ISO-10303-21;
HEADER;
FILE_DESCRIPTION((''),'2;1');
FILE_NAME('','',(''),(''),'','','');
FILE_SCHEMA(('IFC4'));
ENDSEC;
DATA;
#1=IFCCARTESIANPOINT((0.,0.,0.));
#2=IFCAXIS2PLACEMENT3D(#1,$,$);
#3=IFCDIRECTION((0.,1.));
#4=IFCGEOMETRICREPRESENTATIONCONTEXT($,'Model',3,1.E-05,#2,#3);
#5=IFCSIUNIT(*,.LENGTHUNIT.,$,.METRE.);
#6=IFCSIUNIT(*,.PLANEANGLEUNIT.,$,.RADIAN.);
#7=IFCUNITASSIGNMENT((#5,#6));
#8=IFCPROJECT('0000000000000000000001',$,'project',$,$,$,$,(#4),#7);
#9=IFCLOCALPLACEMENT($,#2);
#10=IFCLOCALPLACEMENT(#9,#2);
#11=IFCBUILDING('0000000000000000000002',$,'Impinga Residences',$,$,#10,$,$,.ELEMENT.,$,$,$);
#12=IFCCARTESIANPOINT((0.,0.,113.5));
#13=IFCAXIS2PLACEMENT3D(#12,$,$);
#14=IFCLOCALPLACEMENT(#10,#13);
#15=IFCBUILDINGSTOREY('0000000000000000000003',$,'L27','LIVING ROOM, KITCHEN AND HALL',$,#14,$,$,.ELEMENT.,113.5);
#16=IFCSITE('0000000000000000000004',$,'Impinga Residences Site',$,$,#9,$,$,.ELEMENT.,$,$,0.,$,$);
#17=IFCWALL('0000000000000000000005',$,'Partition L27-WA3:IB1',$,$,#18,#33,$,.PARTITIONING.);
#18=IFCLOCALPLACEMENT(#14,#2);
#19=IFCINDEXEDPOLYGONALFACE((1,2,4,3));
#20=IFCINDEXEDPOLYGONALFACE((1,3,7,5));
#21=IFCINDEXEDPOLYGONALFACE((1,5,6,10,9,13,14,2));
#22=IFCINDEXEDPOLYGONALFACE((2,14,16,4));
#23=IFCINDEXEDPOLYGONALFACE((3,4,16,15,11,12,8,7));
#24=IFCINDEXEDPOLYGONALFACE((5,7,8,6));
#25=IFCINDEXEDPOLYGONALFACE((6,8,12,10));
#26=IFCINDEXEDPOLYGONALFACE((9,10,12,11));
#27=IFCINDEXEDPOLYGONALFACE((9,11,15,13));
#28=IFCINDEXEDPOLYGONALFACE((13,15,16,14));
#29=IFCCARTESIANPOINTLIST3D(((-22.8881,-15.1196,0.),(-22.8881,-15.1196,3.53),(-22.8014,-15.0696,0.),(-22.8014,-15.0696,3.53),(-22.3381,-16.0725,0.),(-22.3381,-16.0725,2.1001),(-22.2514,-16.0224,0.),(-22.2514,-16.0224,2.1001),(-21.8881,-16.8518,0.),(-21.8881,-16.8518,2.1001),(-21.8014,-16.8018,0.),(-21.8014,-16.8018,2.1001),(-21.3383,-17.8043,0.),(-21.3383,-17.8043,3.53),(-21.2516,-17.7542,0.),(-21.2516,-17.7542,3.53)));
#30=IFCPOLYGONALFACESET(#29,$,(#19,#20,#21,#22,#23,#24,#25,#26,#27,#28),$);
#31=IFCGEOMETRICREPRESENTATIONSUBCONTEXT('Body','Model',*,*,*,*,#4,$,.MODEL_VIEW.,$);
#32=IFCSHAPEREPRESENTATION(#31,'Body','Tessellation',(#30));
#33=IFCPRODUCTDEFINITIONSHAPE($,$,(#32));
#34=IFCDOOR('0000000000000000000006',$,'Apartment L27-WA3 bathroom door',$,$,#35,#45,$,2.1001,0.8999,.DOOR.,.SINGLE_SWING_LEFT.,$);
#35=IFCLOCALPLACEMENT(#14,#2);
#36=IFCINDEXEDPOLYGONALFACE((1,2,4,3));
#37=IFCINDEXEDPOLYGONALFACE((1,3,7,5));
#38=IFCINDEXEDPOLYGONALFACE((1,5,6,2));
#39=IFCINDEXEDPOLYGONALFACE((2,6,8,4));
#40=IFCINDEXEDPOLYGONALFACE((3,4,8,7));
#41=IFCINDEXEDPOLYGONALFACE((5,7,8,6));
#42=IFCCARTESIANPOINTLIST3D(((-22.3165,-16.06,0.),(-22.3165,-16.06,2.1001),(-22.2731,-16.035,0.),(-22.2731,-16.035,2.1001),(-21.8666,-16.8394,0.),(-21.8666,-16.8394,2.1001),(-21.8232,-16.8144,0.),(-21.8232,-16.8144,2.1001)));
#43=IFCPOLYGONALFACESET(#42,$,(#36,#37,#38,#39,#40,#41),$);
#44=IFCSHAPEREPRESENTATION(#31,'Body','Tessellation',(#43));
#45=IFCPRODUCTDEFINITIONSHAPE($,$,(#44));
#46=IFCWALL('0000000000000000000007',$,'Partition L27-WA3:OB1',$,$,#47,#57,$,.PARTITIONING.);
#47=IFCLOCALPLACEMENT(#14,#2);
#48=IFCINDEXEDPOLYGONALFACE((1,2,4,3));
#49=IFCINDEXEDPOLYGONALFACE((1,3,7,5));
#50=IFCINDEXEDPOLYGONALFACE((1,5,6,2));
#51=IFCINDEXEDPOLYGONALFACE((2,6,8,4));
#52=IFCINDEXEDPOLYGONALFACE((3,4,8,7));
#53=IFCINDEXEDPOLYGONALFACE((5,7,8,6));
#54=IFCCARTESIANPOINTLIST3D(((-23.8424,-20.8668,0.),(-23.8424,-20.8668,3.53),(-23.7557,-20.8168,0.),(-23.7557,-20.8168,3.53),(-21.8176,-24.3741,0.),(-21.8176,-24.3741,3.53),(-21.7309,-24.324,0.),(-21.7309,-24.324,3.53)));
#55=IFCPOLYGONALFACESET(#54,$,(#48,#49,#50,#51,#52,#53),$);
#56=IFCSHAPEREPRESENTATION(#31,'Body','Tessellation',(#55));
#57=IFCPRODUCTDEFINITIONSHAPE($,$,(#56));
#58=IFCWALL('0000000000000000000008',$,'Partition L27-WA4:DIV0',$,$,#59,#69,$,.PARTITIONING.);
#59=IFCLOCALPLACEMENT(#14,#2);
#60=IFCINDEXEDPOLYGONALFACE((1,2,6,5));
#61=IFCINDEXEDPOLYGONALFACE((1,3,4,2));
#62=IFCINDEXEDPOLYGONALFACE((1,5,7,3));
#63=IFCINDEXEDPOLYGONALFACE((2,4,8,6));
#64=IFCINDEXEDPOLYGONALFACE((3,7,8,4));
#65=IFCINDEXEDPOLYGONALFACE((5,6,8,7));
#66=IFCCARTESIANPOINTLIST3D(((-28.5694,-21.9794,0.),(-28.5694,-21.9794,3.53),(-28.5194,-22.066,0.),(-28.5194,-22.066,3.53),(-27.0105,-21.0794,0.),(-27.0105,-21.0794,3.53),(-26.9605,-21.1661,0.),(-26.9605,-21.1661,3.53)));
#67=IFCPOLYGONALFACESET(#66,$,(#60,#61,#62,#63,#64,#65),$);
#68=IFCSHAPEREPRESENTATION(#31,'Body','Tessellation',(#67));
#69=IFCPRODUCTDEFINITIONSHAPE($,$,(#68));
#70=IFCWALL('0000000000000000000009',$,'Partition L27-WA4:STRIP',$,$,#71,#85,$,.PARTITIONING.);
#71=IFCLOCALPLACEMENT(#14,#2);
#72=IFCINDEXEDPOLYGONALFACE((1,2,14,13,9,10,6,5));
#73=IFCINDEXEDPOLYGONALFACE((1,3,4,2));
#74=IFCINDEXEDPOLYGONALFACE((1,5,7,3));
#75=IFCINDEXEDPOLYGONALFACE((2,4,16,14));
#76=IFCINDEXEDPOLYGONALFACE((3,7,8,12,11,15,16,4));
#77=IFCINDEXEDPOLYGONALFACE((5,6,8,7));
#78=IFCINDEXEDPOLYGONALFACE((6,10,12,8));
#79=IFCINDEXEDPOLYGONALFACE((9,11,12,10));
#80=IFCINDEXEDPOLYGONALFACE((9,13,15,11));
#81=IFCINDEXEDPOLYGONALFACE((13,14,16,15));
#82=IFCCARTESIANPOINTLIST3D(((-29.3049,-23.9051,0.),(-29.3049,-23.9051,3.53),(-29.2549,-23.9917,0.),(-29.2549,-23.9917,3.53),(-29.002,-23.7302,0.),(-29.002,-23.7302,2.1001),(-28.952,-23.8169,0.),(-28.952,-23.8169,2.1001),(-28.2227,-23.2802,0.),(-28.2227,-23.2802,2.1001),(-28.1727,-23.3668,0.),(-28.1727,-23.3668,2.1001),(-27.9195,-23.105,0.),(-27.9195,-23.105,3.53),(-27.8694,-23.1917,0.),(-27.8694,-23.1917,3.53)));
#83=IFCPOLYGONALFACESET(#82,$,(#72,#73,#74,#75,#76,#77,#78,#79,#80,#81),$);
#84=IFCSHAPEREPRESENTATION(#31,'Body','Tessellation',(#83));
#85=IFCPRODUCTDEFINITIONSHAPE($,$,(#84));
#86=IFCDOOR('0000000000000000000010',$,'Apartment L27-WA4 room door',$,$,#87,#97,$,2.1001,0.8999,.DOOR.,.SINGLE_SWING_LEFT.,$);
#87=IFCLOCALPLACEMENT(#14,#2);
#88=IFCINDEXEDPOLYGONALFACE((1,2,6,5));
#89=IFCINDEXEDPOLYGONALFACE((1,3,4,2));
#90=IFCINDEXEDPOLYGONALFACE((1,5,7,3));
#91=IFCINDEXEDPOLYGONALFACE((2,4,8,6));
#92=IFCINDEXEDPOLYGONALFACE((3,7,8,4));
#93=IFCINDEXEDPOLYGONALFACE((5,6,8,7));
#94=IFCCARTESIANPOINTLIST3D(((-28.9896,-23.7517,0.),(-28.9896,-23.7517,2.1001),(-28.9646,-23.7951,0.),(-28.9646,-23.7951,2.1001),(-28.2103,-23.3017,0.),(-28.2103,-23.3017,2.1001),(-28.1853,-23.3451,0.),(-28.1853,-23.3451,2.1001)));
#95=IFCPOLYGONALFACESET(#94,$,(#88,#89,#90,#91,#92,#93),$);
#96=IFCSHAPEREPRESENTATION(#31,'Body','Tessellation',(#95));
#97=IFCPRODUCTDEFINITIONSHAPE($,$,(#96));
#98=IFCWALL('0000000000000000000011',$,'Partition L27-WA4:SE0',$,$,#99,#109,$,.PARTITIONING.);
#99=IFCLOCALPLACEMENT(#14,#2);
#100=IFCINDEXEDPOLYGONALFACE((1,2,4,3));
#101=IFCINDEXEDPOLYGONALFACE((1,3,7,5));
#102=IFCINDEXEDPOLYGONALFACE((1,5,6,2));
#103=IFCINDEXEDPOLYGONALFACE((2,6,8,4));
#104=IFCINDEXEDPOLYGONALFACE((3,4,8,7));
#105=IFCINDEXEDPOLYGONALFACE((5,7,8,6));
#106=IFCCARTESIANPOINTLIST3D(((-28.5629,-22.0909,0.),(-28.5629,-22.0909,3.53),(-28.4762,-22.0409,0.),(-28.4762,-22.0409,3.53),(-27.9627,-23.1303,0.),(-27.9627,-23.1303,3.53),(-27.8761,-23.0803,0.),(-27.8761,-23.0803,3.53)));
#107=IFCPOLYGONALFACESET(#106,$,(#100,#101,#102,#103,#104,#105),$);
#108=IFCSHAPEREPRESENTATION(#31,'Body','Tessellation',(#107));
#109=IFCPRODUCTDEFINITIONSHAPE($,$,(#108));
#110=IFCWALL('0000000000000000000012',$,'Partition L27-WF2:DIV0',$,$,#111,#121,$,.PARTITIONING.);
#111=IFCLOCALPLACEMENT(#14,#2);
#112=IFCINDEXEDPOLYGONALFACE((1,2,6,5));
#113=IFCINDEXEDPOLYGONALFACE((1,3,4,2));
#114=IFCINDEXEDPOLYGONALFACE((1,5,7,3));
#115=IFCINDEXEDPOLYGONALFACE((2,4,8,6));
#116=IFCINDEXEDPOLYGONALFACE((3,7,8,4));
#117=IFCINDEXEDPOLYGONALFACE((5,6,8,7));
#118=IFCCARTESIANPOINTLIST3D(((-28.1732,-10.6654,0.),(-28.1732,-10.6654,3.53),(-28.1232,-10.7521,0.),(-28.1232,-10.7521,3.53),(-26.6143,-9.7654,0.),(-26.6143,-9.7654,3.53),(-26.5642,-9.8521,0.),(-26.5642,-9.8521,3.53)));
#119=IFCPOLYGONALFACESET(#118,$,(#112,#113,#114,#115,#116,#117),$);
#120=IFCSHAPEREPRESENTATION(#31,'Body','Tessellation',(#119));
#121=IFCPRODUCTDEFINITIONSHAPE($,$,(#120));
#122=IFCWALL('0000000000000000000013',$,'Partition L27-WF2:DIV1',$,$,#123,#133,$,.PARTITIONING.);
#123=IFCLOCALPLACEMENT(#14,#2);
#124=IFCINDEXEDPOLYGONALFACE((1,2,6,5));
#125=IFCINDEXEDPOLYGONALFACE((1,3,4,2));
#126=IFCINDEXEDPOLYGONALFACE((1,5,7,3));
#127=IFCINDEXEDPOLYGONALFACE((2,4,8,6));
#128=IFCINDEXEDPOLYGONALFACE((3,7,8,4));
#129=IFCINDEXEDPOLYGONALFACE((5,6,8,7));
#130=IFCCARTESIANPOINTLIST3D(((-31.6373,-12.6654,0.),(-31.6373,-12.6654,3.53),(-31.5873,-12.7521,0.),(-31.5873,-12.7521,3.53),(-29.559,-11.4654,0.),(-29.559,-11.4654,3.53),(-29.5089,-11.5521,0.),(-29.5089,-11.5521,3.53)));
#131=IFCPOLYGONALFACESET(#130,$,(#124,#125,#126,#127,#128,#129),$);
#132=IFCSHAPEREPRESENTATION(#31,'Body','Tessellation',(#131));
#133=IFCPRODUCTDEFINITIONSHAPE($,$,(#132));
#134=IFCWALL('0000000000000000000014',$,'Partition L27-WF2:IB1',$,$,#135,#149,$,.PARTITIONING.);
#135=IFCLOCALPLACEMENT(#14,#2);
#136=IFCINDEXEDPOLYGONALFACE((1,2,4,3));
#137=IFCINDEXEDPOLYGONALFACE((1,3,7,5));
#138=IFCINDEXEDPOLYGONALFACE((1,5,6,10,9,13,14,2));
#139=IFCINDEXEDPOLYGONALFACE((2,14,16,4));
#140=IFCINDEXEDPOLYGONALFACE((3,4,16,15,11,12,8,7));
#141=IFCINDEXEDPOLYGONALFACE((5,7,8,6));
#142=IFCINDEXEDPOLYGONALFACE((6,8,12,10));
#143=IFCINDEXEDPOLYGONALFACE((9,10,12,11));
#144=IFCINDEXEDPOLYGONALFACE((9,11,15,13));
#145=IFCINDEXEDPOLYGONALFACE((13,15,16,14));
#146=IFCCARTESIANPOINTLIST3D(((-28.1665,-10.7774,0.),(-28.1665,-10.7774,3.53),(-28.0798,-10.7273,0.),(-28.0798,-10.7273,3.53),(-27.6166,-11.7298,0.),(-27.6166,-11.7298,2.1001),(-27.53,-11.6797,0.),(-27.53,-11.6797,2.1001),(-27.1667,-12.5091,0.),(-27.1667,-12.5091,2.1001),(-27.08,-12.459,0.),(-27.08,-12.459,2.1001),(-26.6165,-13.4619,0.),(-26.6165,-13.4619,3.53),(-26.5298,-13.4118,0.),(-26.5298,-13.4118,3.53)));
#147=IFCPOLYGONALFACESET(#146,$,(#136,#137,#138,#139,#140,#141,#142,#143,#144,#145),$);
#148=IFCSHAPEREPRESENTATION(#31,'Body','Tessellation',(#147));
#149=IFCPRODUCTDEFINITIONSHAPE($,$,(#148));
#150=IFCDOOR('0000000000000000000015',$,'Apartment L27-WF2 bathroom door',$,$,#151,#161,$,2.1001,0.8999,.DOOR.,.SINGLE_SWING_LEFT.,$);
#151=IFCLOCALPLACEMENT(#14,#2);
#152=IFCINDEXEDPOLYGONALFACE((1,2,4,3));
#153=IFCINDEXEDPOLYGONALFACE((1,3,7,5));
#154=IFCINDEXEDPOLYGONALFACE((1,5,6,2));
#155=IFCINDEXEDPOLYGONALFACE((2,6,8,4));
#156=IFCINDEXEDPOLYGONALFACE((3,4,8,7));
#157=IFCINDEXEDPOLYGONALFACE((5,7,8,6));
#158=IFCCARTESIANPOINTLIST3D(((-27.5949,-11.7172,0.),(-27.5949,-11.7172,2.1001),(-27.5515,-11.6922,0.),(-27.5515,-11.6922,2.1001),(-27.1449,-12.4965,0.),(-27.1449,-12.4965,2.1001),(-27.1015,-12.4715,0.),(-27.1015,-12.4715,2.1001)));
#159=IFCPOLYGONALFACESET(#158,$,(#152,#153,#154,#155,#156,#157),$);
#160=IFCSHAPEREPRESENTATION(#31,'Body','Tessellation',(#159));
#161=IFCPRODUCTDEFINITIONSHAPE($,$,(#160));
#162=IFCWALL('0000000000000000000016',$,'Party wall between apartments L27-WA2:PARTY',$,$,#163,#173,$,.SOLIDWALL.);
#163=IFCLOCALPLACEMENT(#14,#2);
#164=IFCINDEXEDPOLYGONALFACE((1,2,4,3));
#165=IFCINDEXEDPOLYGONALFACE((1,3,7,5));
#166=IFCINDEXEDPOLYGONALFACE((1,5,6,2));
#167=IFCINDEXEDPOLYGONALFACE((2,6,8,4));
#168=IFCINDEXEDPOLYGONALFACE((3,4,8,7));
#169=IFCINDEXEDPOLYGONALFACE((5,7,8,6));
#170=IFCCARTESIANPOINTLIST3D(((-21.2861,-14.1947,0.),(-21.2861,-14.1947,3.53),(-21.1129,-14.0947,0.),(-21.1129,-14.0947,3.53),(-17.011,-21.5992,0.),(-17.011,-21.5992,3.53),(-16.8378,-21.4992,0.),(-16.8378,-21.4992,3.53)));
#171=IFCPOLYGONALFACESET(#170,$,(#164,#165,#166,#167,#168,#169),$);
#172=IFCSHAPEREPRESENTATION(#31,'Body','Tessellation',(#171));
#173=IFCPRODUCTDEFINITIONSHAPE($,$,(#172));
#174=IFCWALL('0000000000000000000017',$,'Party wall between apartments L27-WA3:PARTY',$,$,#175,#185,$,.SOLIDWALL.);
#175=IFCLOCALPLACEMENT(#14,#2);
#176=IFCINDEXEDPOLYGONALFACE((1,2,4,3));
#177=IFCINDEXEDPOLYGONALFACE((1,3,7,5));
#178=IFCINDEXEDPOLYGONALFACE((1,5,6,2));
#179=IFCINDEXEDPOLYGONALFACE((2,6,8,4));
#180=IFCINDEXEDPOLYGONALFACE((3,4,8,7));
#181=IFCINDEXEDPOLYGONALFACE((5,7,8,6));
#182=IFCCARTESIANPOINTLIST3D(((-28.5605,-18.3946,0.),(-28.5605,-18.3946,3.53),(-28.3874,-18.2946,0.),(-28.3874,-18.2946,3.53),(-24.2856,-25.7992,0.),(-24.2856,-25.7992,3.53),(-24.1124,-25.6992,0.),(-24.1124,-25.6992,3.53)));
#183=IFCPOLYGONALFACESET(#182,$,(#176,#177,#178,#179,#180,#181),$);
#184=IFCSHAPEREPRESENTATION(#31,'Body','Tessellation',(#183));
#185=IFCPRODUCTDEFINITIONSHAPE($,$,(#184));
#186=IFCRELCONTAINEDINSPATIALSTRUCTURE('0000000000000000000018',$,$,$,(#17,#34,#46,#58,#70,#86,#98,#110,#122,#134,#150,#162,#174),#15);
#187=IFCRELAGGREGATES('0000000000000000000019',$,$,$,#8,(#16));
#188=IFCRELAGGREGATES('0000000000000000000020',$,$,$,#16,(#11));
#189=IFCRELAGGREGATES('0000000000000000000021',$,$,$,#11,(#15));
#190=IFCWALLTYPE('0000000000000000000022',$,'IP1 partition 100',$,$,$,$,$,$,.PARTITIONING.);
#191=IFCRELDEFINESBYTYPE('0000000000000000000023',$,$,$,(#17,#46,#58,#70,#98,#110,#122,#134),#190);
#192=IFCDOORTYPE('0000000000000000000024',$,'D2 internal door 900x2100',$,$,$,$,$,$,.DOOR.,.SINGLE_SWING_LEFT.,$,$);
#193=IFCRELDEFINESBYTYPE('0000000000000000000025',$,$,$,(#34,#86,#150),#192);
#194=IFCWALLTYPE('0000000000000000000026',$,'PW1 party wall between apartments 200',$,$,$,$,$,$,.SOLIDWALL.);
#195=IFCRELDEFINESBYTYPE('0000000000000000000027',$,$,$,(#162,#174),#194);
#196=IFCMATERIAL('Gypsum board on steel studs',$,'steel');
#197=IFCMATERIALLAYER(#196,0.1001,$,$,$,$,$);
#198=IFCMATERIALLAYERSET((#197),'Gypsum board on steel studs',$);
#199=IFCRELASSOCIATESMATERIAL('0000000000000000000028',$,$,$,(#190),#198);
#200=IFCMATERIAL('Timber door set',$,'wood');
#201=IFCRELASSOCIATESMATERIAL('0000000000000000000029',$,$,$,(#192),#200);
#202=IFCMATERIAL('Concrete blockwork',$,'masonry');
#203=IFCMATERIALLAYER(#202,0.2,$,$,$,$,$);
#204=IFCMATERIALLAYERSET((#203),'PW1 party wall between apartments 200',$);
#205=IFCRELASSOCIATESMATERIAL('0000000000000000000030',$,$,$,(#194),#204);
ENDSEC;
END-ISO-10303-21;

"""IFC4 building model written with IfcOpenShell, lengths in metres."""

from ifc_helpers import new_model, si_unit, direction, frame, frame_2d, origin, place, context, subcontext, project, spatial, rectangle, extrude, material, layer, layer_set, type_object, element, fill, save


model = new_model("IFC4")

# Units and contexts
model_context = context("Model", 3, precision=1e-05, world=origin(), true_north=direction((0.0, 1.0)))
body_context = subcontext(model_context, "Body", "Model", "MODEL_VIEW")
ifc_project = project(units=[si_unit("LENGTHUNIT", "METRE"), si_unit("PLANEANGLEUNIT", "RADIAN")], contexts=[model_context])

# Site, building, storey
site_placement = place(None, origin())
site = spatial("IfcSite", under=ifc_project, at=site_placement, Name="Impinga Residences Site", CompositionType="ELEMENT", RefElevation=0.0)
building_placement = place(site_placement, origin())
building = spatial("IfcBuilding", under=site, at=building_placement, Name="Impinga Residences", CompositionType="ELEMENT")
storey_placement = place(building_placement, frame((0.0, 0.0, 113.5)))
storey = spatial("IfcBuildingStorey", under=building, at=storey_placement, Name="L27", Description="LIVING ROOM, KITCHEN AND HALL", CompositionType="ELEMENT", Elevation=113.5)

# Shared definitions
ifc_material_1 = material(Name="Gypsum board on steel studs", Category="steel")
ifc_layer_1 = layer(ifc_material_1, 0.1001)
ifc_layer_set_1 = layer_set([ifc_layer_1], Name="Gypsum board on steel studs")
wall_type_1 = type_object("IfcWallType", Name="IP1 partition 100", PredefinedType="PARTITIONING", material=ifc_layer_set_1)

# Shared definitions
ifc_material_2 = material(Name="Timber door set", Category="wood")
door_type = type_object("IfcDoorType", Name="D2 internal door 900x2100", OperationType="SINGLE_SWING_LEFT", PredefinedType="DOOR", material=ifc_material_2)

# Wall, opening, door
wall_1_placement = place(storey_placement, frame((-22.8447, -15.0947, 0.0), z_axis=(0.0, 0.0, 1.0), x_axis=(0.499968, -0.866044, 0.0)))
wall_1 = element("IfcWall", 1, at=wall_1_placement, inside=storey, type_object=wall_type_1, Name="Partition L27-WA3:IB1", PredefinedType="PARTITIONING", context=body_context, shape_type="SweptSolid", body=[
    extrude(rectangle(XDim=3.0999, YDim=0.1001, at=frame_2d((1.5498, 0.0))), origin(), (0.0, 0.0, 1.0), 3.53),
])
opening_1_placement = place(wall_1_placement, frame((1.1001, 0.0, 0.0)))
opening_1 = element("IfcOpeningElement", 2, at=opening_1_placement, cuts=wall_1, PredefinedType="OPENING", context=body_context, shape_type="SweptSolid", body=[
    extrude(rectangle(XDim=0.8999, YDim=2.1001, at=frame_2d((0.45, 1.05))), frame((0.0, 0.0601, 0.0), z_axis=(0.0, -1.0, 0.0), x_axis=(1.0, 0.0, 0.0)), (0.0, 0.0, 1.0), 0.1201),
])
door_1_placement = place(opening_1_placement, origin())
door_1 = element("IfcDoor", 3, at=door_1_placement, inside=storey, type_object=door_type, Name="Apartment L27-WA3 bathroom door", OperationType="SINGLE_SWING_LEFT", OverallHeight=2.1001, OverallWidth=0.8999, PredefinedType="DOOR", context=body_context, shape_type="SweptSolid", body=[
    extrude(rectangle(XDim=0.8999, YDim=2.1001, at=frame_2d((0.45, 1.05))), frame((0.0, 0.0249, 0.0), z_axis=(0.0, -1.0, 0.0), x_axis=(1.0, 0.0, 0.0)), (0.0, 0.0, 1.0), 0.05),
])
fill(opening_1, door_1)

# Walls
wall_2_placement = place(storey_placement, frame((-23.7991, -20.8418, 0.0), z_axis=(0.0, 0.0, 1.0), x_axis=(0.49999, -0.866031, 0.0)))
element("IfcWall", 4, at=wall_2_placement, inside=storey, type_object=wall_type_1, Name="Partition L27-WA3:OB1", PredefinedType="PARTITIONING", context=body_context, shape_type="SweptSolid", body=[
    extrude(rectangle(XDim=4.0498, YDim=0.1001, at=frame_2d((2.0249, 0.0))), origin(), (0.0, 0.0, 1.0), 3.53),
])
wall_3_placement = place(storey_placement, frame((-26.9856, -21.1228, 0.0), z_axis=(0.0, 0.0, 1.0), x_axis=(-0.866048, -0.499961, 0.0)))
element("IfcWall", 5, at=wall_3_placement, inside=storey, type_object=wall_type_1, Name="Partition L27-WA4:DIV0", PredefinedType="PARTITIONING", context=body_context, shape_type="SweptSolid", body=[
    extrude(rectangle(XDim=1.8, YDim=0.1001, at=frame_2d((0.8999, 0.0))), origin(), (0.0, 0.0, 1.0), 3.53),
])

# Wall, opening, door
wall_4_placement = place(storey_placement, frame((-27.8945, -23.1484, 0.0), z_axis=(0.0, 0.0, 1.0), x_axis=(-0.86599, -0.500061, 0.0)))
wall_4 = element("IfcWall", 6, at=wall_4_placement, inside=storey, type_object=wall_type_1, Name="Partition L27-WA4:STRIP", PredefinedType="PARTITIONING", context=body_context, shape_type="SweptSolid", body=[
    extrude(rectangle(XDim=1.5999, YDim=0.1001, at=frame_2d((0.7998, 0.0))), origin(), (0.0, 0.0, 1.0), 3.53),
])
opening_2_placement = place(wall_4_placement, frame((0.3501, 0.0, 0.0)))
opening_2 = element("IfcOpeningElement", 7, at=opening_2_placement, cuts=wall_4, PredefinedType="OPENING", context=body_context, shape_type="SweptSolid", body=[
    extrude(rectangle(XDim=0.8999, YDim=2.1001, at=frame_2d((0.45, 1.05))), frame((0.0, 0.0601, 0.0), z_axis=(0.0, -1.0, 0.0), x_axis=(1.0, 0.0, 0.0)), (0.0, 0.0, 1.0), 0.1201),
])
door_2_placement = place(opening_2_placement, origin())
door_2 = element("IfcDoor", 8, at=door_2_placement, inside=storey, type_object=door_type, Name="Apartment L27-WA4 room door", OperationType="SINGLE_SWING_LEFT", OverallHeight=2.1001, OverallWidth=0.8999, PredefinedType="DOOR", context=body_context, shape_type="SweptSolid", body=[
    extrude(rectangle(XDim=0.8999, YDim=2.1001, at=frame_2d((0.45, 1.05))), frame((0.0, 0.0249, 0.0), z_axis=(0.0, -1.0, 0.0), x_axis=(1.0, 0.0, 0.0)), (0.0, 0.0, 1.0), 0.05),
])
fill(opening_2, door_2)

# Walls
wall_5_placement = place(storey_placement, frame((-28.5195, -22.0659, 0.0), z_axis=(0.0, 0.0, 1.0), x_axis=(0.500034, -0.866006, 0.0)))
element("IfcWall", 9, at=wall_5_placement, inside=storey, type_object=wall_type_1, Name="Partition L27-WA4:SE0", PredefinedType="PARTITIONING", context=body_context, shape_type="SweptSolid", body=[
    extrude(rectangle(XDim=1.2002, YDim=0.1001, at=frame_2d((0.6001, 0.0))), origin(), (0.0, 0.0, 1.0), 3.53),
])
wall_6_placement = place(storey_placement, frame((-26.5894, -9.8088, 0.0), z_axis=(0.0, 0.0, 1.0), x_axis=(-0.866048, -0.499961, 0.0)))
element("IfcWall", 10, at=wall_6_placement, inside=storey, type_object=wall_type_1, Name="Partition L27-WF2:DIV0", PredefinedType="PARTITIONING", context=body_context, shape_type="SweptSolid", body=[
    extrude(rectangle(XDim=1.8, YDim=0.1001, at=frame_2d((0.8999, 0.0))), origin(), (0.0, 0.0, 1.0), 3.53),
])
wall_7_placement = place(storey_placement, frame((-29.5339, -11.5088, 0.0), z_axis=(0.0, 0.0, 1.0), x_axis=(-0.866025, -0.500001, 0.0)))
element("IfcWall", 11, at=wall_7_placement, inside=storey, type_object=wall_type_1, Name="Partition L27-WF2:DIV1", PredefinedType="PARTITIONING", context=body_context, shape_type="SweptSolid", body=[
    extrude(rectangle(XDim=2.3999, YDim=0.1001, at=frame_2d((1.2, 0.0))), origin(), (0.0, 0.0, 1.0), 3.53),
])

# Wall, opening, door
wall_8_placement = place(storey_placement, frame((-26.5732, -13.4368, 0.0), z_axis=(0.0, 0.0, 1.0), x_axis=(-0.500027, 0.86601, 0.0)))
wall_8 = element("IfcWall", 12, at=wall_8_placement, inside=storey, type_object=wall_type_1, Name="Partition L27-WF2:IB1", PredefinedType="PARTITIONING", context=body_context, shape_type="SweptSolid", body=[
    extrude(rectangle(XDim=3.0999, YDim=0.1001, at=frame_2d((1.5498, 0.0))), origin(), (0.0, 0.0, 1.0), 3.53),
])
opening_3_placement = place(wall_8_placement, frame((1.1001, 0.0, 0.0)))
opening_3 = element("IfcOpeningElement", 13, at=opening_3_placement, cuts=wall_8, PredefinedType="OPENING", context=body_context, shape_type="SweptSolid", body=[
    extrude(rectangle(XDim=0.8999, YDim=2.1001, at=frame_2d((0.45, 1.05))), frame((0.0, 0.0601, 0.0), z_axis=(0.0, -1.0, 0.0), x_axis=(1.0, 0.0, 0.0)), (0.0, 0.0, 1.0), 0.1201),
])
door_3_placement = place(opening_3_placement, origin())
door_3 = element("IfcDoor", 14, at=door_3_placement, inside=storey, type_object=door_type, Name="Apartment L27-WF2 bathroom door", OperationType="SINGLE_SWING_LEFT", OverallHeight=2.1001, OverallWidth=0.8999, PredefinedType="DOOR", context=body_context, shape_type="SweptSolid", body=[
    extrude(rectangle(XDim=0.8999, YDim=2.1001, at=frame_2d((0.45, 1.05))), frame((0.0, 0.0249, 0.0), z_axis=(0.0, -1.0, 0.0), x_axis=(1.0, 0.0, 0.0)), (0.0, 0.0, 1.0), 0.05),
])
fill(opening_3, door_3)

# Walls
ifc_material_3 = material(Name="Concrete blockwork", Category="masonry")
ifc_layer_2 = layer(ifc_material_3, 0.2)
ifc_layer_set_2 = layer_set([ifc_layer_2], Name="PW1 party wall between apartments 200")
wall_type_2 = type_object("IfcWallType", Name="PW1 party wall between apartments 200", PredefinedType="SOLIDWALL", material=ifc_layer_set_2)
for number, where, z_axis, x_axis, name in (
    (15, (-21.1995, -14.1448, 0.0), (0.0, 0.0, 1.0), (0.500012, -0.866019, 0.0), "Party wall between apartments L27-WA2:PARTY"),
    (16, (-28.4739, -18.3447, 0.0), (0.0, 0.0, 1.0), (0.49999, -0.866031, 0.0), "Party wall between apartments L27-WA3:PARTY"),
):
    element("IfcWall", number, at=place(storey_placement, frame(where, z_axis=z_axis, x_axis=x_axis)), inside=storey, type_object=wall_type_2, Name=name, PredefinedType="SOLIDWALL", context=body_context, shape_type="SweptSolid", body=[
        extrude(rectangle(XDim=8.55, YDim=0.2, at=frame_2d((4.2749, 0.0))), origin(), (0.0, 0.0, 1.0), 3.53),
    ])

save(model, "model.ifc")
